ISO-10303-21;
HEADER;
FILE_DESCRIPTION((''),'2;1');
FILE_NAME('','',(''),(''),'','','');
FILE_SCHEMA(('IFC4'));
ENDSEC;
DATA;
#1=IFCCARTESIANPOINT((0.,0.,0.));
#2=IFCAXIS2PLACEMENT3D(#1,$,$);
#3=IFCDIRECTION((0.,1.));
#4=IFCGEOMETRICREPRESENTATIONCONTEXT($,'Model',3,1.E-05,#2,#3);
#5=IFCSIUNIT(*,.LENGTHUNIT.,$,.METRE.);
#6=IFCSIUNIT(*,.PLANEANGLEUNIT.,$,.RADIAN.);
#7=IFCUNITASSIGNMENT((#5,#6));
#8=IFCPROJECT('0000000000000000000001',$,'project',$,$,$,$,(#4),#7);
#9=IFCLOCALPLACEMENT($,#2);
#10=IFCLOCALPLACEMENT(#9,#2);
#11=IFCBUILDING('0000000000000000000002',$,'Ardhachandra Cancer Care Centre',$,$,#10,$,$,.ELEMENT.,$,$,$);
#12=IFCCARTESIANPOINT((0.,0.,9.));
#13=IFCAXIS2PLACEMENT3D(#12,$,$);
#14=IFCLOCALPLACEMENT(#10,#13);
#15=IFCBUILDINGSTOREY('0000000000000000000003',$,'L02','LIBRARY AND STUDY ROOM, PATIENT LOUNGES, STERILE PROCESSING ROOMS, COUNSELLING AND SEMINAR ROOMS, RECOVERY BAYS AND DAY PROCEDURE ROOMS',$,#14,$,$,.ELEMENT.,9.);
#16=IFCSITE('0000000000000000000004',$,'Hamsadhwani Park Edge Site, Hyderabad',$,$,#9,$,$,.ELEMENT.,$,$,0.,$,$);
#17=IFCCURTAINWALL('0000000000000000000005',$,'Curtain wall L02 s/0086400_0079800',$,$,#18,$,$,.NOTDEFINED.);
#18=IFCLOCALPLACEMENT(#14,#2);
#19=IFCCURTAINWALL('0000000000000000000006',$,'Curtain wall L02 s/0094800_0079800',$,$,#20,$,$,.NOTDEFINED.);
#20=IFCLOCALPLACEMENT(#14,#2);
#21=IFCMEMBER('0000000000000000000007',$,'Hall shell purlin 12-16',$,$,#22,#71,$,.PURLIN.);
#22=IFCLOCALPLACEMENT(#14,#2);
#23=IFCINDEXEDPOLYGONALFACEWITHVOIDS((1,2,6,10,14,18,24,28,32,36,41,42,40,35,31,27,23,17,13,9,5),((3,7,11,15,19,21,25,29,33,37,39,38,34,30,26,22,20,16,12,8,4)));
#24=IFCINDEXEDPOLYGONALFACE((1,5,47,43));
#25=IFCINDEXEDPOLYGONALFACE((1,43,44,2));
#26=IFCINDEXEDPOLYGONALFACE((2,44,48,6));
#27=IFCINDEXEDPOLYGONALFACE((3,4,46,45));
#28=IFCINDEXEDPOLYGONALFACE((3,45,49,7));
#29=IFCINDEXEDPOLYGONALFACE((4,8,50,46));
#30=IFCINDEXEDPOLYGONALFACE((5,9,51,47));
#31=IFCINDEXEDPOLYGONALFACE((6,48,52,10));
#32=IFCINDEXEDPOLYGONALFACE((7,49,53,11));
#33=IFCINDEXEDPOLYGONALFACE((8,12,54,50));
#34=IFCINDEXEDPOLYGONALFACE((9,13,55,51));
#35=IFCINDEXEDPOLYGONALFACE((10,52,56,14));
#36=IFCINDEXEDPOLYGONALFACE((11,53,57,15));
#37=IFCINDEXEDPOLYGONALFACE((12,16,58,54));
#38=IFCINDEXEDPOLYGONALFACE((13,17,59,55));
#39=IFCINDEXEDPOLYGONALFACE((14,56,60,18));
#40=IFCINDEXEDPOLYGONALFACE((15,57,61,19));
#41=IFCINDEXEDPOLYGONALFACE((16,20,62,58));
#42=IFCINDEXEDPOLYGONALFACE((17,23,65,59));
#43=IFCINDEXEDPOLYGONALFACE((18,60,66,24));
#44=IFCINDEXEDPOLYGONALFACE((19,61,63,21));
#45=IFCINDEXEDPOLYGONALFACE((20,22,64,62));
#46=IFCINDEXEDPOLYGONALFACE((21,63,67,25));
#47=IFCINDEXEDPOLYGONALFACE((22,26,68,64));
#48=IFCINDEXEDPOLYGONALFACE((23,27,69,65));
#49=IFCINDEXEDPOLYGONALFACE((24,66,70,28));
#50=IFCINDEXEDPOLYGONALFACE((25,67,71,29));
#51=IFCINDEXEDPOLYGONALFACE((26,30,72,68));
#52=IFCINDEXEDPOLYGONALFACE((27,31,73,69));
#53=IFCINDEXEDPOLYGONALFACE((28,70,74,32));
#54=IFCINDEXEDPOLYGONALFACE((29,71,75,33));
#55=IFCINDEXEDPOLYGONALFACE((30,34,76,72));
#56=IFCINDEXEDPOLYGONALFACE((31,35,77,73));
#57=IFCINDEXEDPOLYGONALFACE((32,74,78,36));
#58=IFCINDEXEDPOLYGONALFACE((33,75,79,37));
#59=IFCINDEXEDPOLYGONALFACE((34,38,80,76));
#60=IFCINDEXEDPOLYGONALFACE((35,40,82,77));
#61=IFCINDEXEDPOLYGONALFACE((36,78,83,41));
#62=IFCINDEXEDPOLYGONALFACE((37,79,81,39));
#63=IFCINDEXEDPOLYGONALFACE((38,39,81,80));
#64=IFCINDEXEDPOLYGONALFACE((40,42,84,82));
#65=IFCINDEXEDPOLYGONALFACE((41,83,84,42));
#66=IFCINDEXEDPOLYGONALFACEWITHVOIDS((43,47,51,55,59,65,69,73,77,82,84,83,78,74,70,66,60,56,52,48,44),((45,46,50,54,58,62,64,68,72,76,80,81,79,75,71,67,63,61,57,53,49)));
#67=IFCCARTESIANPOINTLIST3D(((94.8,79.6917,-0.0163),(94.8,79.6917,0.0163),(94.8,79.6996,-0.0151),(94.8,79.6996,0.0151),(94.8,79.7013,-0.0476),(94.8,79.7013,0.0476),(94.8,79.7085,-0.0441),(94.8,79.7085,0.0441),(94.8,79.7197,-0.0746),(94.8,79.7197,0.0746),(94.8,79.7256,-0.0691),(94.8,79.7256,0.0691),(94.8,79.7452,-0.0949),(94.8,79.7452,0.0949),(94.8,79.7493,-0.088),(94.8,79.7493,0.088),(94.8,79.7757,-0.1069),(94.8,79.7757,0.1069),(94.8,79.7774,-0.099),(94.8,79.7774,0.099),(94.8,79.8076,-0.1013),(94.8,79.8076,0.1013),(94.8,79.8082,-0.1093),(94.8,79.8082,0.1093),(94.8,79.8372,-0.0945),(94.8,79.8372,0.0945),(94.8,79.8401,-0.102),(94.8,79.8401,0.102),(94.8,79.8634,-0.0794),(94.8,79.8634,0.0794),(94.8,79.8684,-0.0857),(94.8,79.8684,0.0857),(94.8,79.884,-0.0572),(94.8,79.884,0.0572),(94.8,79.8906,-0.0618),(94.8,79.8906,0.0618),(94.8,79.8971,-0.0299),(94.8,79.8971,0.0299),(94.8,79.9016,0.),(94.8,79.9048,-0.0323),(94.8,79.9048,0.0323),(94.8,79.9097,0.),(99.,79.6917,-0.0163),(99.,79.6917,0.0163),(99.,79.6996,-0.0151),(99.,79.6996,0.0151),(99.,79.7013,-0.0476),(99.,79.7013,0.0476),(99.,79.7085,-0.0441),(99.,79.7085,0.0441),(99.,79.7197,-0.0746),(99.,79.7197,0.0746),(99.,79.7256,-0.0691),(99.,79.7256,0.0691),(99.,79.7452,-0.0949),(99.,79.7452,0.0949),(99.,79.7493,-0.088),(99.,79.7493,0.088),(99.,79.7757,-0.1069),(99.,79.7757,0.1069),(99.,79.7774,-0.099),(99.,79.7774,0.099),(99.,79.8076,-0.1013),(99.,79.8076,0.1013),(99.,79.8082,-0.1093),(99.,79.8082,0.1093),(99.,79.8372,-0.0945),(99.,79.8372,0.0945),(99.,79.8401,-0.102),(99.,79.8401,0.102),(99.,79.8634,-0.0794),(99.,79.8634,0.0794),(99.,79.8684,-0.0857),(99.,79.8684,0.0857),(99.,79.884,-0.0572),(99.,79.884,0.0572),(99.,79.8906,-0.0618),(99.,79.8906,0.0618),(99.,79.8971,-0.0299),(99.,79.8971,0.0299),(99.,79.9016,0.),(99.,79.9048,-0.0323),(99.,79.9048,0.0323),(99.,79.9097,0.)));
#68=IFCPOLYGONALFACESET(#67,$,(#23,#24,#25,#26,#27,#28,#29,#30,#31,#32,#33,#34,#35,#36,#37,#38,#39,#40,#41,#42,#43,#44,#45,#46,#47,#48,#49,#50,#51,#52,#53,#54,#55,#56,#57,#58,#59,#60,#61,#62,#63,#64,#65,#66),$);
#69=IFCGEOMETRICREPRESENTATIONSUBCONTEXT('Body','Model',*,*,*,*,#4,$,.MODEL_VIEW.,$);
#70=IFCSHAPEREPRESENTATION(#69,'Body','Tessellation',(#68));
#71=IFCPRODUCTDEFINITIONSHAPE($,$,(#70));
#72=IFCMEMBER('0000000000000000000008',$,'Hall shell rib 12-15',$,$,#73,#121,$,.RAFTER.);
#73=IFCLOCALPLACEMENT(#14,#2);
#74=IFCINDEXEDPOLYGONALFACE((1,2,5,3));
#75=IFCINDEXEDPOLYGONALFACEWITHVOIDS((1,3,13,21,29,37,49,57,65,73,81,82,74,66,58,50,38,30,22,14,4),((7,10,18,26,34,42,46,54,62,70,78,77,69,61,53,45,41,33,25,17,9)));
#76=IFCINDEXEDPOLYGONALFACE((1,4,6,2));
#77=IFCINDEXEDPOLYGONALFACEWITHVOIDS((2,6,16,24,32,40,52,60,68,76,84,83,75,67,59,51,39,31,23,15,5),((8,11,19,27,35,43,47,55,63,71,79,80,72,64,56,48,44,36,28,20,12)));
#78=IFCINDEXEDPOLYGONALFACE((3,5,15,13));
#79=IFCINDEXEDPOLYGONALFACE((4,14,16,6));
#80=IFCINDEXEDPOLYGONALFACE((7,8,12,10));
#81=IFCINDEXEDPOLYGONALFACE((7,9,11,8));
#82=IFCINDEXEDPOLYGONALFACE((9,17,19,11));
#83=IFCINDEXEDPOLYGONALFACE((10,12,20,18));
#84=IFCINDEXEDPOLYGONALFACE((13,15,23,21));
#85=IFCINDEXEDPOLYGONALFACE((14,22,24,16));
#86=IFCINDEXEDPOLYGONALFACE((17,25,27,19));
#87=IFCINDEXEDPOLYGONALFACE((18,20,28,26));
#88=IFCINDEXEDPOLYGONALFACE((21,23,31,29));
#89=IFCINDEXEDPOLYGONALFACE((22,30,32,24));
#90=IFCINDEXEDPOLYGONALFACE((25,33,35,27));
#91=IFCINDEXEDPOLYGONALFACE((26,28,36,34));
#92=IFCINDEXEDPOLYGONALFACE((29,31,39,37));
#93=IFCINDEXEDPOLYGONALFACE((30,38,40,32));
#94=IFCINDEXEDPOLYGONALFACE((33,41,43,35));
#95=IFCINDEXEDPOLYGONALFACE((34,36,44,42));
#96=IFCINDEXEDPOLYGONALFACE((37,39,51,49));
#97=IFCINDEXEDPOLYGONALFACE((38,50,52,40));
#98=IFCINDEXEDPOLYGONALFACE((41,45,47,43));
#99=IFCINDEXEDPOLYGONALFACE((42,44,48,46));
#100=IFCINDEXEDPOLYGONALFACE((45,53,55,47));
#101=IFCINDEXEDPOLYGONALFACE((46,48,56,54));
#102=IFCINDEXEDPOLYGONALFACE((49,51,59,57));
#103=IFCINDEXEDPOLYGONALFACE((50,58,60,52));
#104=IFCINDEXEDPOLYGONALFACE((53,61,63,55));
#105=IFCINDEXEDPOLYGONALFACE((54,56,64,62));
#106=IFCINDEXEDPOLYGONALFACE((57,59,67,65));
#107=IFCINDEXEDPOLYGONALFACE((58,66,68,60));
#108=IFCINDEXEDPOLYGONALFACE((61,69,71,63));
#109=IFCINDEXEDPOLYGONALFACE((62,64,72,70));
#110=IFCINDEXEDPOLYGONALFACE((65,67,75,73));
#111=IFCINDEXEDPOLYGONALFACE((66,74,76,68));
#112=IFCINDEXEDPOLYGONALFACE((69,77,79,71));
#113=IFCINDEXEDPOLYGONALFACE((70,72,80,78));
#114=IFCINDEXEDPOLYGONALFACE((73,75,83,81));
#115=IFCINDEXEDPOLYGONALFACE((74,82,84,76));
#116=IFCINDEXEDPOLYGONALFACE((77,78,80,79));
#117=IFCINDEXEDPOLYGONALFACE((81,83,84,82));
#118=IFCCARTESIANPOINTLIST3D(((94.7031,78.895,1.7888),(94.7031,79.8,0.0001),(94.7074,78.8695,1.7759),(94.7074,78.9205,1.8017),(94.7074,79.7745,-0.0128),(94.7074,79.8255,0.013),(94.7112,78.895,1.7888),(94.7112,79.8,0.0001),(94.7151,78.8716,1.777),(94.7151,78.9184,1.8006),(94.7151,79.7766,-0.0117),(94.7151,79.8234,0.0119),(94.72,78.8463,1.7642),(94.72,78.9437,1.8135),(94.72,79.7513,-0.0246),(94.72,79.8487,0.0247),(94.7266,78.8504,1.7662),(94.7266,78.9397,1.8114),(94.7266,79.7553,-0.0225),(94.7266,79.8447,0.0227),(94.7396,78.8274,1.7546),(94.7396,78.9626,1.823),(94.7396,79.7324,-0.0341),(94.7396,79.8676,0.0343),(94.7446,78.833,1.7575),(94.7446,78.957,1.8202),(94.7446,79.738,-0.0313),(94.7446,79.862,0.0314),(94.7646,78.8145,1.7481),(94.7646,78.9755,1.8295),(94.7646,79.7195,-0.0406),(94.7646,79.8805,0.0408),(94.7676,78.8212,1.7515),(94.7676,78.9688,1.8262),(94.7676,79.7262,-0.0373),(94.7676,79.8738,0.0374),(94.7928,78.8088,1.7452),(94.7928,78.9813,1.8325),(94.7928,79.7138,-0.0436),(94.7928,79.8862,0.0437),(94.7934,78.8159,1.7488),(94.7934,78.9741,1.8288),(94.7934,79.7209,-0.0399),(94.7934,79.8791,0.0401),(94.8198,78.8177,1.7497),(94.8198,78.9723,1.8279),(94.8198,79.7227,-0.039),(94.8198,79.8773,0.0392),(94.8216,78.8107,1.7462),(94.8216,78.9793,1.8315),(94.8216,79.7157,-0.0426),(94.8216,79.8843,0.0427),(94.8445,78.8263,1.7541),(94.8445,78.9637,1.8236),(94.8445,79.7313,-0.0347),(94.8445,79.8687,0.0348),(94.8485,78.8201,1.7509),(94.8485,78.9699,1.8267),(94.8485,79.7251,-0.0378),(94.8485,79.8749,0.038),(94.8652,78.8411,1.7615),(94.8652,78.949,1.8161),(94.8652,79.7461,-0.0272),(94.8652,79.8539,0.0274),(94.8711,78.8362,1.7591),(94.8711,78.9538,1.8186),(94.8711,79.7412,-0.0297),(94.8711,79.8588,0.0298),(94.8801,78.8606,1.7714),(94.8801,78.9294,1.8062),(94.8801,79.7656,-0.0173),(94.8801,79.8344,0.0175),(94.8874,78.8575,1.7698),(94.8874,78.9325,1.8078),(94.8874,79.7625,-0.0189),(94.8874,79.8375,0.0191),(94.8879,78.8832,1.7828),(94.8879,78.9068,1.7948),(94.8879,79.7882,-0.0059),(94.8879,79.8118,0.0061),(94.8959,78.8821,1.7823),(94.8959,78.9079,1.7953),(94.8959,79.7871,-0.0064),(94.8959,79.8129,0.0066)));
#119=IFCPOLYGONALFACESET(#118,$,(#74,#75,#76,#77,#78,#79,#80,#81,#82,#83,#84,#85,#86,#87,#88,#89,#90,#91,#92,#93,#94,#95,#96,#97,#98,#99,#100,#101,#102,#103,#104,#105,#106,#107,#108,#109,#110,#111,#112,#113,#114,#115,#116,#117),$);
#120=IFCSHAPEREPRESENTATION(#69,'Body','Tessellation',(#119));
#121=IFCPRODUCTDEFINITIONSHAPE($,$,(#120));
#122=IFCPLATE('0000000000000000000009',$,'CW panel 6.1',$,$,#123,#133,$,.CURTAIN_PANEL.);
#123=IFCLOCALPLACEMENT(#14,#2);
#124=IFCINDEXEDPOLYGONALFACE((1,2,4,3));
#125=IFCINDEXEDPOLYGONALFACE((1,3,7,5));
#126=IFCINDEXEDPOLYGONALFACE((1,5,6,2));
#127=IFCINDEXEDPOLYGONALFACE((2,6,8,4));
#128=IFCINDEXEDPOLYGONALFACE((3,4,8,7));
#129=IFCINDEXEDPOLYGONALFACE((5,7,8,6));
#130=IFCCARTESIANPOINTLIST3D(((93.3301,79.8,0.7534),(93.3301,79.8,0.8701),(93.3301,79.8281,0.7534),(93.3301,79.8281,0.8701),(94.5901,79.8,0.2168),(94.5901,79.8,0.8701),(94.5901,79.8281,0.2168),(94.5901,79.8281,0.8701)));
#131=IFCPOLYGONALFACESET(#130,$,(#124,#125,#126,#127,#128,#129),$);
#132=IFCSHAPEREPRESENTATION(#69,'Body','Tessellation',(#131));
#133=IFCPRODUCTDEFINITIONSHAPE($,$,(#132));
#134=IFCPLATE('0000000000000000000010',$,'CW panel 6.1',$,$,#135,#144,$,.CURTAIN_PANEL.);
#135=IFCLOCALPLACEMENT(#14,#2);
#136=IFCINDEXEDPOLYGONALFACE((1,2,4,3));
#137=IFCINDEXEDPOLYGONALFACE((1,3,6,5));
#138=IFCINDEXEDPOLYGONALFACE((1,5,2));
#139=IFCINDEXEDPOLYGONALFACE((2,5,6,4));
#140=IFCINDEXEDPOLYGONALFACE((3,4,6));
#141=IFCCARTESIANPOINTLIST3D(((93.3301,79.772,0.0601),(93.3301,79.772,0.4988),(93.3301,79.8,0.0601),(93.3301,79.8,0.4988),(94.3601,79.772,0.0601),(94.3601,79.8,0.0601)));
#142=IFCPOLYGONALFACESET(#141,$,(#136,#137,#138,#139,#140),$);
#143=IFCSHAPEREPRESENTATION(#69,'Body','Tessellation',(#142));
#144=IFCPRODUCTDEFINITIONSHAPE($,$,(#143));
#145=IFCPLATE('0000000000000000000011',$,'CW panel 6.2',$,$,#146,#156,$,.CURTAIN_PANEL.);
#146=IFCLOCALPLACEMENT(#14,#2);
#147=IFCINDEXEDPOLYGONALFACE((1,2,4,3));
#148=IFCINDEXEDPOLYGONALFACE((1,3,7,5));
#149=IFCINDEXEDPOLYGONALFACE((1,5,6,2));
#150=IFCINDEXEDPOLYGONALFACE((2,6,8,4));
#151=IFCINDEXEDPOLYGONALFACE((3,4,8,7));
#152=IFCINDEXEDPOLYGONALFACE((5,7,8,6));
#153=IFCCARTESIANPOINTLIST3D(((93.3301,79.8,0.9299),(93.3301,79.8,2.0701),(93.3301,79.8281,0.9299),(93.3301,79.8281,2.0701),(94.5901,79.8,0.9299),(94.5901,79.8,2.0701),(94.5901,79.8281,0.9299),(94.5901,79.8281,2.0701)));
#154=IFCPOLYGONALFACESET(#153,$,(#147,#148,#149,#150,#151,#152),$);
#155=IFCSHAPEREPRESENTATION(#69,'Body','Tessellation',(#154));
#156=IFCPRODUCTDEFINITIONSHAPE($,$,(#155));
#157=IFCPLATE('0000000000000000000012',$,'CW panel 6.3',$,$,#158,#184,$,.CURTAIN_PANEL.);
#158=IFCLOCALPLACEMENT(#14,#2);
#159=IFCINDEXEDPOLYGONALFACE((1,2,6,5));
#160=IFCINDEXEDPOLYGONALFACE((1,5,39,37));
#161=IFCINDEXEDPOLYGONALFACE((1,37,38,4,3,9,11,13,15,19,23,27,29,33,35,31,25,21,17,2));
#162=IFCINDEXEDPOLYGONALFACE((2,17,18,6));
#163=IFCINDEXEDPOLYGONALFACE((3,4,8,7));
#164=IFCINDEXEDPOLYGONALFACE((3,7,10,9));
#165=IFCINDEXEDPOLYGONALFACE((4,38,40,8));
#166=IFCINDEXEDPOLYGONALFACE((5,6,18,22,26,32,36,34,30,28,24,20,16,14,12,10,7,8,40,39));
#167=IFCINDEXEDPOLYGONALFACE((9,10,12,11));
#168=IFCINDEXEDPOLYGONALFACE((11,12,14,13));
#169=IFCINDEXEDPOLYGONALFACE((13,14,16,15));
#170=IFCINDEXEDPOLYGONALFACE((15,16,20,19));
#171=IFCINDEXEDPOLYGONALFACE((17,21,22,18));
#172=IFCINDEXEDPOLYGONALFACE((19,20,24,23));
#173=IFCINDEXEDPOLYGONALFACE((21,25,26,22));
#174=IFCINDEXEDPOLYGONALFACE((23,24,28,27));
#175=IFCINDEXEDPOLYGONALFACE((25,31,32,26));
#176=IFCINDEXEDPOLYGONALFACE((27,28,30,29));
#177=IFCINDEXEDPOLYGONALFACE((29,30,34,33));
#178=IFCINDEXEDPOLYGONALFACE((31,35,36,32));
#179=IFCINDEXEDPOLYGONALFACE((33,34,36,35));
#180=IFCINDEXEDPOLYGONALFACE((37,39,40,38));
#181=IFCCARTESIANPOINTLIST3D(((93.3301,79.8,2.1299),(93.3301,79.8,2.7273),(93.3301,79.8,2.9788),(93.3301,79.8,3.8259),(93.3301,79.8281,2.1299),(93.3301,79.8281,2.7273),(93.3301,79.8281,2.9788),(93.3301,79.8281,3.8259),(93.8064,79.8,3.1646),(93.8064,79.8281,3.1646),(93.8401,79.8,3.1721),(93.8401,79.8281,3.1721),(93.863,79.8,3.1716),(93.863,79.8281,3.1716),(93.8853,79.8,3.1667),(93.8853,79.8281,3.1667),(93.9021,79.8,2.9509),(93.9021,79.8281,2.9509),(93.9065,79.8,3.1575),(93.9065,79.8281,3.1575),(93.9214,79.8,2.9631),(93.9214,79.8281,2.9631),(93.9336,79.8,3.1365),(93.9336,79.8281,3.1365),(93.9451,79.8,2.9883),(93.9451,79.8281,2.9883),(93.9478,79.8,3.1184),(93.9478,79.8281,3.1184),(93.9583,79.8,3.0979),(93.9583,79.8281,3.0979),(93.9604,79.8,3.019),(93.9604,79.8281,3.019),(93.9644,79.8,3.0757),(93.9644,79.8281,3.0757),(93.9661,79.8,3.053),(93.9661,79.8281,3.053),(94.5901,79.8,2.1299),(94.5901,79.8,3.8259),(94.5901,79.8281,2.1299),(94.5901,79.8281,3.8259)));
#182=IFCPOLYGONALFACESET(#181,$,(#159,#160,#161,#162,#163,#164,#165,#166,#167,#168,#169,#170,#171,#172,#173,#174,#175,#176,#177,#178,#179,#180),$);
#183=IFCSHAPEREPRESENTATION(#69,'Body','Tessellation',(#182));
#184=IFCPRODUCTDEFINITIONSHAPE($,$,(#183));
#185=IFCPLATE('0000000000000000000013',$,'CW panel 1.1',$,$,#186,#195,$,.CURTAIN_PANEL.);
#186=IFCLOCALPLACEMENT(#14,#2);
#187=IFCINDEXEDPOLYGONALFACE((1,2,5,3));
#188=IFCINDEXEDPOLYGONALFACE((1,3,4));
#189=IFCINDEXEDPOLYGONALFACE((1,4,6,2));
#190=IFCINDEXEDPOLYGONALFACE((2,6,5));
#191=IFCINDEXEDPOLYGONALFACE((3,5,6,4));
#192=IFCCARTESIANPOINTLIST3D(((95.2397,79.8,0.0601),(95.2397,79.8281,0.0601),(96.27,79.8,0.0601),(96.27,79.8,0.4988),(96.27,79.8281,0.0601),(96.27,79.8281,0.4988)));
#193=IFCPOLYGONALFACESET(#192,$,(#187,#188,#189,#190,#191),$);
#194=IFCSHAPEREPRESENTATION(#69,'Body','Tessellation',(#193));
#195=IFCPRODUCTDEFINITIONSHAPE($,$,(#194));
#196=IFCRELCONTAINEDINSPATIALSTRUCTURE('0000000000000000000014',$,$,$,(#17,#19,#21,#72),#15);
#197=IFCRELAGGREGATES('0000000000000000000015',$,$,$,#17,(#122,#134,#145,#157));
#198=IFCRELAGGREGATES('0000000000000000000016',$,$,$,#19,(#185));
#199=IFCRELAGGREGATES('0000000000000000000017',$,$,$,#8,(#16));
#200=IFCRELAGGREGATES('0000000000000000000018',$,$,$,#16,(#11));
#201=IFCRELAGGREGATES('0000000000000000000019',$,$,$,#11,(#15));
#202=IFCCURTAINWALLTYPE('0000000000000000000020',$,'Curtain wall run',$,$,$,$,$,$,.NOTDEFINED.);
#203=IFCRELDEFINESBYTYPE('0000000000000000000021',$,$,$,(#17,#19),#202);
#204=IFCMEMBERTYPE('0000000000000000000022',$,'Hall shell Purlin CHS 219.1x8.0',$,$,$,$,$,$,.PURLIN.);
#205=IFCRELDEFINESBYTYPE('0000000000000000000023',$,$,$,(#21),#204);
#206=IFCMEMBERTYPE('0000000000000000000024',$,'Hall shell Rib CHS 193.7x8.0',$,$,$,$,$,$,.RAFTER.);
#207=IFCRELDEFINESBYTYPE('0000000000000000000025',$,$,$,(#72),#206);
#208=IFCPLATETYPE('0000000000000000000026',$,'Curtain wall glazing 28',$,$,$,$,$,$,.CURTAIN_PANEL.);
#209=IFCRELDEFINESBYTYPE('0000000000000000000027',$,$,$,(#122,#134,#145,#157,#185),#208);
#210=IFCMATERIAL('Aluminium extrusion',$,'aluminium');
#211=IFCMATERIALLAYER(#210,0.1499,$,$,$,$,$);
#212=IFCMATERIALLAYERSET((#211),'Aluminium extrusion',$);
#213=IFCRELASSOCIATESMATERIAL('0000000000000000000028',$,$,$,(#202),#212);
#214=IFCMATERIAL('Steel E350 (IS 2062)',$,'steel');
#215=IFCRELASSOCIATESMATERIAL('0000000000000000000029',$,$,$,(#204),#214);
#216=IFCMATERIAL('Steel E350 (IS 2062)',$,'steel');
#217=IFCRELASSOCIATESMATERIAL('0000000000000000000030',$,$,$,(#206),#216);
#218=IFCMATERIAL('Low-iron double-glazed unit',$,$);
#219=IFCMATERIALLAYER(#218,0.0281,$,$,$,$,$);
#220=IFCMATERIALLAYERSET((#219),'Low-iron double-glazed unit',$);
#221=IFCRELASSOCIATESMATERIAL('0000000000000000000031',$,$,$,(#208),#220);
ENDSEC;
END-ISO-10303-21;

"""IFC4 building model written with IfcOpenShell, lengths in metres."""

from ifc_helpers import new_model, si_unit, direction, frame, origin, origin_2d, place, context, subcontext, project, spatial, polyline, hollow_circle, outline, extrude, material, layer, layer_set, material_profile, profile_set, type_object, element, aggregate, save


model = new_model("IFC4")

# Units and contexts
model_context = context("Model", 3, precision=1e-05, world=origin(), true_north=direction((0.0, 1.0)))
body_context = subcontext(model_context, "Body", "Model", "MODEL_VIEW")
ifc_project = project(units=[si_unit("LENGTHUNIT", "METRE"), si_unit("PLANEANGLEUNIT", "RADIAN")], contexts=[model_context])

# Site, building, storey
site_placement = place(None, origin())
site = spatial("IfcSite", under=ifc_project, at=site_placement, Name="Hamsadhwani Park Edge Site, Hyderabad", CompositionType="ELEMENT", RefElevation=0.0)
building_placement = place(site_placement, origin())
building = spatial("IfcBuilding", under=site, at=building_placement, Name="Ardhachandra Cancer Care Centre", CompositionType="ELEMENT")
storey_placement = place(building_placement, frame((0.0, 0.0, 9.0)))
storey = spatial("IfcBuildingStorey", under=building, at=storey_placement, Name="L02", Description="LIBRARY AND STUDY ROOM, PATIENT LOUNGES, STERILE PROCESSING ROOMS, COUNSELLING AND SEMINAR ROOMS, RECOVERY BAYS AND DAY PROCEDURE ROOMS", CompositionType="ELEMENT", Elevation=9.0)

# Curtain wall
ifc_material_1 = material(Name="Aluminium extrusion", Category="aluminium")
ifc_layer_1 = layer(ifc_material_1, 0.1499)
ifc_layer_set_1 = layer_set([ifc_layer_1], Name="Aluminium extrusion")
curtain_wall_type = type_object("IfcCurtainWallType", Name="Curtain wall run", PredefinedType="NOTDEFINED", material=ifc_layer_set_1)
curtain_wall_1_placement = place(storey_placement, origin())
curtain_wall_1 = element("IfcCurtainWall", 1, at=curtain_wall_1_placement, inside=storey, type_object=curtain_wall_type, Name="Curtain wall L02 s/0086400_0079800", PredefinedType="NOTDEFINED")

# Curtain wall
curtain_wall_2_placement = place(storey_placement, origin())
curtain_wall_2 = element("IfcCurtainWall", 2, at=curtain_wall_2_placement, inside=storey, type_object=curtain_wall_type, Name="Curtain wall L02 s/0094800_0079800", PredefinedType="NOTDEFINED")

# Members
ifc_material_2 = material(Name="Steel E350 (IS 2062)", Category="steel")
ifc_material_profile_1 = material_profile(ifc_material_2, hollow_circle(Radius=0.1096, WallThickness=0.0081, at=origin_2d()), Name="CHS 219.1x8.0")
ifc_profile_set_1 = profile_set([ifc_material_profile_1], Name="Steel E350 (IS 2062)")
member_type_1 = type_object("IfcMemberType", Name="Hall shell Purlin CHS 219.1x8.0", PredefinedType="PURLIN", material=ifc_profile_set_1)
member_1_placement = place(storey_placement, frame((94.8, 79.8, 0.0), z_axis=(1.0, 0.0, 0.0), x_axis=(0.0, 1.0, 0.0)))
element("IfcMember", 3, at=member_1_placement, inside=storey, type_object=member_type_1, Name="Hall shell purlin 12-16", PredefinedType="PURLIN", context=body_context, shape_type="SweptSolid", body=[
    extrude(hollow_circle(Radius=0.1096, WallThickness=0.0081, at=origin_2d()), origin(), (0.0, 0.0, 1.0), 4.2),
])
ifc_material_3 = material(Name="Steel E350 (IS 2062)", Category="steel")
ifc_material_profile_2 = material_profile(ifc_material_3, hollow_circle(Radius=0.0969, WallThickness=0.0081, at=origin_2d()), Name="CHS 193.7x8.0")
ifc_profile_set_2 = profile_set([ifc_material_profile_2], Name="Steel E350 (IS 2062)")
member_type_2 = type_object("IfcMemberType", Name="Hall shell Rib CHS 193.7x8.0", PredefinedType="RAFTER", material=ifc_profile_set_2)
member_2_placement = place(storey_placement, frame((94.8, 78.895, 1.7888), z_axis=(0.0, 0.451447, -0.892298), x_axis=(-1.0, 0.0, 0.0)))
element("IfcMember", 4, at=member_2_placement, inside=storey, type_object=member_type_2, Name="Hall shell rib 12-15", PredefinedType="RAFTER", context=body_context, shape_type="SweptSolid", body=[
    extrude(hollow_circle(Radius=0.0969, WallThickness=0.0081, at=origin_2d()), origin(), (0.0, 0.0, 1.0), 2.0046),
])

# Plates
ifc_material_4 = material(Name="Low-iron double-glazed unit")
ifc_layer_2 = layer(ifc_material_4, 0.0281)
ifc_layer_set_2 = layer_set([ifc_layer_2], Name="Low-iron double-glazed unit")
plate_type_1 = type_object("IfcPlateType", Name="Curtain wall glazing 28", PredefinedType="CURTAIN_PANEL", material=ifc_layer_set_2)
plate_1_placement = place(storey_placement, frame((93.3301, 79.8, 0.8701), z_axis=(0.0, 1.0, 0.0), x_axis=(1.0, 0.0, 0.0)))
plate_1 = element("IfcPlate", 5, at=plate_1_placement, type_object=plate_type_1, Name="CW panel 6.1", PredefinedType="CURTAIN_PANEL", context=body_context, shape_type="SweptSolid", body=[
    extrude(outline(polyline([(0.0, 0.0), (1.26, 0.0), (1.26, 0.6533), (0.0, 0.1167), (0.0, 0.0)])), origin(), (0.0, 0.0, 1.0), 0.0281),
])
plate_2_placement = place(storey_placement, frame((93.3301, 79.8, 0.0601), z_axis=(0.0, 1.0, 0.0), x_axis=(0.0, 0.0, 1.0)))
plate_2 = element("IfcPlate", 6, at=plate_2_placement, type_object=plate_type_1, Name="CW panel 6.1", PredefinedType="CURTAIN_PANEL", context=body_context, shape_type="SweptSolid", body=[
    extrude(outline(polyline([(0.0, 0.0), (0.4387, 0.0), (0.0, 1.03), (0.0, 0.0)])), frame((0.0, 0.0, -0.0281)), (0.0, 0.0, 1.0), 0.0281),
])
plate_3_placement = place(storey_placement, frame((93.3301, 79.8, 0.9299), z_axis=(0.0, 1.0, 0.0), x_axis=(0.0, 0.0, 1.0)))
plate_3 = element("IfcPlate", 7, at=plate_3_placement, type_object=plate_type_1, Name="CW panel 6.2", PredefinedType="CURTAIN_PANEL", context=body_context, shape_type="SweptSolid", body=[
    extrude(outline(polyline([(0.0, 0.0), (1.1401, 0.0), (1.1401, 1.26), (0.0, 1.26), (0.0, 0.0)])), origin(), (0.0, 0.0, 1.0), 0.0281),
])
plate_4_placement = place(storey_placement, frame((93.3301, 79.8, 3.8259), z_axis=(0.0, 1.0, 0.0), x_axis=(1.0, 0.0, 0.0)))
plate_4 = element("IfcPlate", 8, at=plate_4_placement, type_object=plate_type_1, Name="CW panel 6.3", PredefinedType="CURTAIN_PANEL", context=body_context, shape_type="SweptSolid", body=[
    extrude(outline(polyline([(0.0, 0.0), (1.26, 0.0), (1.26, 1.696), (0.0, 1.696), (0.0, 1.0986), (0.572, 0.875), (0.5913, 0.8628), (0.615, 0.8376), (0.6304, 0.8069), (0.636, 0.7729), (0.6343, 0.7502), (0.6282, 0.728), (0.6177, 0.7075), (0.6035, 0.6895), (0.5764, 0.6685), (0.5552, 0.6592), (0.533, 0.6543), (0.51, 0.6538), (0.4763, 0.6614), (0.0, 0.8472), (0.0, 0.0)])), origin(), (0.0, 0.0, 1.0), 0.0281),
])
aggregate(curtain_wall_1, [plate_1, plate_2, plate_3, plate_4])
plate_5_placement = place(storey_placement, frame((96.27, 79.8, 0.0601), z_axis=(0.0, 1.0, 0.0), x_axis=(-1.0, 0.0, 0.0)))
plate_5 = element("IfcPlate", 9, at=plate_5_placement, type_object=plate_type_1, Name="CW panel 1.1", PredefinedType="CURTAIN_PANEL", context=body_context, shape_type="SweptSolid", body=[
    extrude(outline(polyline([(0.0, 0.0), (1.0303, 0.0), (0.0, 0.4387), (0.0, 0.0)])), origin(), (0.0, 0.0, 1.0), 0.0281),
])
aggregate(curtain_wall_2, [plate_5])

save(model, "model.ifc")
